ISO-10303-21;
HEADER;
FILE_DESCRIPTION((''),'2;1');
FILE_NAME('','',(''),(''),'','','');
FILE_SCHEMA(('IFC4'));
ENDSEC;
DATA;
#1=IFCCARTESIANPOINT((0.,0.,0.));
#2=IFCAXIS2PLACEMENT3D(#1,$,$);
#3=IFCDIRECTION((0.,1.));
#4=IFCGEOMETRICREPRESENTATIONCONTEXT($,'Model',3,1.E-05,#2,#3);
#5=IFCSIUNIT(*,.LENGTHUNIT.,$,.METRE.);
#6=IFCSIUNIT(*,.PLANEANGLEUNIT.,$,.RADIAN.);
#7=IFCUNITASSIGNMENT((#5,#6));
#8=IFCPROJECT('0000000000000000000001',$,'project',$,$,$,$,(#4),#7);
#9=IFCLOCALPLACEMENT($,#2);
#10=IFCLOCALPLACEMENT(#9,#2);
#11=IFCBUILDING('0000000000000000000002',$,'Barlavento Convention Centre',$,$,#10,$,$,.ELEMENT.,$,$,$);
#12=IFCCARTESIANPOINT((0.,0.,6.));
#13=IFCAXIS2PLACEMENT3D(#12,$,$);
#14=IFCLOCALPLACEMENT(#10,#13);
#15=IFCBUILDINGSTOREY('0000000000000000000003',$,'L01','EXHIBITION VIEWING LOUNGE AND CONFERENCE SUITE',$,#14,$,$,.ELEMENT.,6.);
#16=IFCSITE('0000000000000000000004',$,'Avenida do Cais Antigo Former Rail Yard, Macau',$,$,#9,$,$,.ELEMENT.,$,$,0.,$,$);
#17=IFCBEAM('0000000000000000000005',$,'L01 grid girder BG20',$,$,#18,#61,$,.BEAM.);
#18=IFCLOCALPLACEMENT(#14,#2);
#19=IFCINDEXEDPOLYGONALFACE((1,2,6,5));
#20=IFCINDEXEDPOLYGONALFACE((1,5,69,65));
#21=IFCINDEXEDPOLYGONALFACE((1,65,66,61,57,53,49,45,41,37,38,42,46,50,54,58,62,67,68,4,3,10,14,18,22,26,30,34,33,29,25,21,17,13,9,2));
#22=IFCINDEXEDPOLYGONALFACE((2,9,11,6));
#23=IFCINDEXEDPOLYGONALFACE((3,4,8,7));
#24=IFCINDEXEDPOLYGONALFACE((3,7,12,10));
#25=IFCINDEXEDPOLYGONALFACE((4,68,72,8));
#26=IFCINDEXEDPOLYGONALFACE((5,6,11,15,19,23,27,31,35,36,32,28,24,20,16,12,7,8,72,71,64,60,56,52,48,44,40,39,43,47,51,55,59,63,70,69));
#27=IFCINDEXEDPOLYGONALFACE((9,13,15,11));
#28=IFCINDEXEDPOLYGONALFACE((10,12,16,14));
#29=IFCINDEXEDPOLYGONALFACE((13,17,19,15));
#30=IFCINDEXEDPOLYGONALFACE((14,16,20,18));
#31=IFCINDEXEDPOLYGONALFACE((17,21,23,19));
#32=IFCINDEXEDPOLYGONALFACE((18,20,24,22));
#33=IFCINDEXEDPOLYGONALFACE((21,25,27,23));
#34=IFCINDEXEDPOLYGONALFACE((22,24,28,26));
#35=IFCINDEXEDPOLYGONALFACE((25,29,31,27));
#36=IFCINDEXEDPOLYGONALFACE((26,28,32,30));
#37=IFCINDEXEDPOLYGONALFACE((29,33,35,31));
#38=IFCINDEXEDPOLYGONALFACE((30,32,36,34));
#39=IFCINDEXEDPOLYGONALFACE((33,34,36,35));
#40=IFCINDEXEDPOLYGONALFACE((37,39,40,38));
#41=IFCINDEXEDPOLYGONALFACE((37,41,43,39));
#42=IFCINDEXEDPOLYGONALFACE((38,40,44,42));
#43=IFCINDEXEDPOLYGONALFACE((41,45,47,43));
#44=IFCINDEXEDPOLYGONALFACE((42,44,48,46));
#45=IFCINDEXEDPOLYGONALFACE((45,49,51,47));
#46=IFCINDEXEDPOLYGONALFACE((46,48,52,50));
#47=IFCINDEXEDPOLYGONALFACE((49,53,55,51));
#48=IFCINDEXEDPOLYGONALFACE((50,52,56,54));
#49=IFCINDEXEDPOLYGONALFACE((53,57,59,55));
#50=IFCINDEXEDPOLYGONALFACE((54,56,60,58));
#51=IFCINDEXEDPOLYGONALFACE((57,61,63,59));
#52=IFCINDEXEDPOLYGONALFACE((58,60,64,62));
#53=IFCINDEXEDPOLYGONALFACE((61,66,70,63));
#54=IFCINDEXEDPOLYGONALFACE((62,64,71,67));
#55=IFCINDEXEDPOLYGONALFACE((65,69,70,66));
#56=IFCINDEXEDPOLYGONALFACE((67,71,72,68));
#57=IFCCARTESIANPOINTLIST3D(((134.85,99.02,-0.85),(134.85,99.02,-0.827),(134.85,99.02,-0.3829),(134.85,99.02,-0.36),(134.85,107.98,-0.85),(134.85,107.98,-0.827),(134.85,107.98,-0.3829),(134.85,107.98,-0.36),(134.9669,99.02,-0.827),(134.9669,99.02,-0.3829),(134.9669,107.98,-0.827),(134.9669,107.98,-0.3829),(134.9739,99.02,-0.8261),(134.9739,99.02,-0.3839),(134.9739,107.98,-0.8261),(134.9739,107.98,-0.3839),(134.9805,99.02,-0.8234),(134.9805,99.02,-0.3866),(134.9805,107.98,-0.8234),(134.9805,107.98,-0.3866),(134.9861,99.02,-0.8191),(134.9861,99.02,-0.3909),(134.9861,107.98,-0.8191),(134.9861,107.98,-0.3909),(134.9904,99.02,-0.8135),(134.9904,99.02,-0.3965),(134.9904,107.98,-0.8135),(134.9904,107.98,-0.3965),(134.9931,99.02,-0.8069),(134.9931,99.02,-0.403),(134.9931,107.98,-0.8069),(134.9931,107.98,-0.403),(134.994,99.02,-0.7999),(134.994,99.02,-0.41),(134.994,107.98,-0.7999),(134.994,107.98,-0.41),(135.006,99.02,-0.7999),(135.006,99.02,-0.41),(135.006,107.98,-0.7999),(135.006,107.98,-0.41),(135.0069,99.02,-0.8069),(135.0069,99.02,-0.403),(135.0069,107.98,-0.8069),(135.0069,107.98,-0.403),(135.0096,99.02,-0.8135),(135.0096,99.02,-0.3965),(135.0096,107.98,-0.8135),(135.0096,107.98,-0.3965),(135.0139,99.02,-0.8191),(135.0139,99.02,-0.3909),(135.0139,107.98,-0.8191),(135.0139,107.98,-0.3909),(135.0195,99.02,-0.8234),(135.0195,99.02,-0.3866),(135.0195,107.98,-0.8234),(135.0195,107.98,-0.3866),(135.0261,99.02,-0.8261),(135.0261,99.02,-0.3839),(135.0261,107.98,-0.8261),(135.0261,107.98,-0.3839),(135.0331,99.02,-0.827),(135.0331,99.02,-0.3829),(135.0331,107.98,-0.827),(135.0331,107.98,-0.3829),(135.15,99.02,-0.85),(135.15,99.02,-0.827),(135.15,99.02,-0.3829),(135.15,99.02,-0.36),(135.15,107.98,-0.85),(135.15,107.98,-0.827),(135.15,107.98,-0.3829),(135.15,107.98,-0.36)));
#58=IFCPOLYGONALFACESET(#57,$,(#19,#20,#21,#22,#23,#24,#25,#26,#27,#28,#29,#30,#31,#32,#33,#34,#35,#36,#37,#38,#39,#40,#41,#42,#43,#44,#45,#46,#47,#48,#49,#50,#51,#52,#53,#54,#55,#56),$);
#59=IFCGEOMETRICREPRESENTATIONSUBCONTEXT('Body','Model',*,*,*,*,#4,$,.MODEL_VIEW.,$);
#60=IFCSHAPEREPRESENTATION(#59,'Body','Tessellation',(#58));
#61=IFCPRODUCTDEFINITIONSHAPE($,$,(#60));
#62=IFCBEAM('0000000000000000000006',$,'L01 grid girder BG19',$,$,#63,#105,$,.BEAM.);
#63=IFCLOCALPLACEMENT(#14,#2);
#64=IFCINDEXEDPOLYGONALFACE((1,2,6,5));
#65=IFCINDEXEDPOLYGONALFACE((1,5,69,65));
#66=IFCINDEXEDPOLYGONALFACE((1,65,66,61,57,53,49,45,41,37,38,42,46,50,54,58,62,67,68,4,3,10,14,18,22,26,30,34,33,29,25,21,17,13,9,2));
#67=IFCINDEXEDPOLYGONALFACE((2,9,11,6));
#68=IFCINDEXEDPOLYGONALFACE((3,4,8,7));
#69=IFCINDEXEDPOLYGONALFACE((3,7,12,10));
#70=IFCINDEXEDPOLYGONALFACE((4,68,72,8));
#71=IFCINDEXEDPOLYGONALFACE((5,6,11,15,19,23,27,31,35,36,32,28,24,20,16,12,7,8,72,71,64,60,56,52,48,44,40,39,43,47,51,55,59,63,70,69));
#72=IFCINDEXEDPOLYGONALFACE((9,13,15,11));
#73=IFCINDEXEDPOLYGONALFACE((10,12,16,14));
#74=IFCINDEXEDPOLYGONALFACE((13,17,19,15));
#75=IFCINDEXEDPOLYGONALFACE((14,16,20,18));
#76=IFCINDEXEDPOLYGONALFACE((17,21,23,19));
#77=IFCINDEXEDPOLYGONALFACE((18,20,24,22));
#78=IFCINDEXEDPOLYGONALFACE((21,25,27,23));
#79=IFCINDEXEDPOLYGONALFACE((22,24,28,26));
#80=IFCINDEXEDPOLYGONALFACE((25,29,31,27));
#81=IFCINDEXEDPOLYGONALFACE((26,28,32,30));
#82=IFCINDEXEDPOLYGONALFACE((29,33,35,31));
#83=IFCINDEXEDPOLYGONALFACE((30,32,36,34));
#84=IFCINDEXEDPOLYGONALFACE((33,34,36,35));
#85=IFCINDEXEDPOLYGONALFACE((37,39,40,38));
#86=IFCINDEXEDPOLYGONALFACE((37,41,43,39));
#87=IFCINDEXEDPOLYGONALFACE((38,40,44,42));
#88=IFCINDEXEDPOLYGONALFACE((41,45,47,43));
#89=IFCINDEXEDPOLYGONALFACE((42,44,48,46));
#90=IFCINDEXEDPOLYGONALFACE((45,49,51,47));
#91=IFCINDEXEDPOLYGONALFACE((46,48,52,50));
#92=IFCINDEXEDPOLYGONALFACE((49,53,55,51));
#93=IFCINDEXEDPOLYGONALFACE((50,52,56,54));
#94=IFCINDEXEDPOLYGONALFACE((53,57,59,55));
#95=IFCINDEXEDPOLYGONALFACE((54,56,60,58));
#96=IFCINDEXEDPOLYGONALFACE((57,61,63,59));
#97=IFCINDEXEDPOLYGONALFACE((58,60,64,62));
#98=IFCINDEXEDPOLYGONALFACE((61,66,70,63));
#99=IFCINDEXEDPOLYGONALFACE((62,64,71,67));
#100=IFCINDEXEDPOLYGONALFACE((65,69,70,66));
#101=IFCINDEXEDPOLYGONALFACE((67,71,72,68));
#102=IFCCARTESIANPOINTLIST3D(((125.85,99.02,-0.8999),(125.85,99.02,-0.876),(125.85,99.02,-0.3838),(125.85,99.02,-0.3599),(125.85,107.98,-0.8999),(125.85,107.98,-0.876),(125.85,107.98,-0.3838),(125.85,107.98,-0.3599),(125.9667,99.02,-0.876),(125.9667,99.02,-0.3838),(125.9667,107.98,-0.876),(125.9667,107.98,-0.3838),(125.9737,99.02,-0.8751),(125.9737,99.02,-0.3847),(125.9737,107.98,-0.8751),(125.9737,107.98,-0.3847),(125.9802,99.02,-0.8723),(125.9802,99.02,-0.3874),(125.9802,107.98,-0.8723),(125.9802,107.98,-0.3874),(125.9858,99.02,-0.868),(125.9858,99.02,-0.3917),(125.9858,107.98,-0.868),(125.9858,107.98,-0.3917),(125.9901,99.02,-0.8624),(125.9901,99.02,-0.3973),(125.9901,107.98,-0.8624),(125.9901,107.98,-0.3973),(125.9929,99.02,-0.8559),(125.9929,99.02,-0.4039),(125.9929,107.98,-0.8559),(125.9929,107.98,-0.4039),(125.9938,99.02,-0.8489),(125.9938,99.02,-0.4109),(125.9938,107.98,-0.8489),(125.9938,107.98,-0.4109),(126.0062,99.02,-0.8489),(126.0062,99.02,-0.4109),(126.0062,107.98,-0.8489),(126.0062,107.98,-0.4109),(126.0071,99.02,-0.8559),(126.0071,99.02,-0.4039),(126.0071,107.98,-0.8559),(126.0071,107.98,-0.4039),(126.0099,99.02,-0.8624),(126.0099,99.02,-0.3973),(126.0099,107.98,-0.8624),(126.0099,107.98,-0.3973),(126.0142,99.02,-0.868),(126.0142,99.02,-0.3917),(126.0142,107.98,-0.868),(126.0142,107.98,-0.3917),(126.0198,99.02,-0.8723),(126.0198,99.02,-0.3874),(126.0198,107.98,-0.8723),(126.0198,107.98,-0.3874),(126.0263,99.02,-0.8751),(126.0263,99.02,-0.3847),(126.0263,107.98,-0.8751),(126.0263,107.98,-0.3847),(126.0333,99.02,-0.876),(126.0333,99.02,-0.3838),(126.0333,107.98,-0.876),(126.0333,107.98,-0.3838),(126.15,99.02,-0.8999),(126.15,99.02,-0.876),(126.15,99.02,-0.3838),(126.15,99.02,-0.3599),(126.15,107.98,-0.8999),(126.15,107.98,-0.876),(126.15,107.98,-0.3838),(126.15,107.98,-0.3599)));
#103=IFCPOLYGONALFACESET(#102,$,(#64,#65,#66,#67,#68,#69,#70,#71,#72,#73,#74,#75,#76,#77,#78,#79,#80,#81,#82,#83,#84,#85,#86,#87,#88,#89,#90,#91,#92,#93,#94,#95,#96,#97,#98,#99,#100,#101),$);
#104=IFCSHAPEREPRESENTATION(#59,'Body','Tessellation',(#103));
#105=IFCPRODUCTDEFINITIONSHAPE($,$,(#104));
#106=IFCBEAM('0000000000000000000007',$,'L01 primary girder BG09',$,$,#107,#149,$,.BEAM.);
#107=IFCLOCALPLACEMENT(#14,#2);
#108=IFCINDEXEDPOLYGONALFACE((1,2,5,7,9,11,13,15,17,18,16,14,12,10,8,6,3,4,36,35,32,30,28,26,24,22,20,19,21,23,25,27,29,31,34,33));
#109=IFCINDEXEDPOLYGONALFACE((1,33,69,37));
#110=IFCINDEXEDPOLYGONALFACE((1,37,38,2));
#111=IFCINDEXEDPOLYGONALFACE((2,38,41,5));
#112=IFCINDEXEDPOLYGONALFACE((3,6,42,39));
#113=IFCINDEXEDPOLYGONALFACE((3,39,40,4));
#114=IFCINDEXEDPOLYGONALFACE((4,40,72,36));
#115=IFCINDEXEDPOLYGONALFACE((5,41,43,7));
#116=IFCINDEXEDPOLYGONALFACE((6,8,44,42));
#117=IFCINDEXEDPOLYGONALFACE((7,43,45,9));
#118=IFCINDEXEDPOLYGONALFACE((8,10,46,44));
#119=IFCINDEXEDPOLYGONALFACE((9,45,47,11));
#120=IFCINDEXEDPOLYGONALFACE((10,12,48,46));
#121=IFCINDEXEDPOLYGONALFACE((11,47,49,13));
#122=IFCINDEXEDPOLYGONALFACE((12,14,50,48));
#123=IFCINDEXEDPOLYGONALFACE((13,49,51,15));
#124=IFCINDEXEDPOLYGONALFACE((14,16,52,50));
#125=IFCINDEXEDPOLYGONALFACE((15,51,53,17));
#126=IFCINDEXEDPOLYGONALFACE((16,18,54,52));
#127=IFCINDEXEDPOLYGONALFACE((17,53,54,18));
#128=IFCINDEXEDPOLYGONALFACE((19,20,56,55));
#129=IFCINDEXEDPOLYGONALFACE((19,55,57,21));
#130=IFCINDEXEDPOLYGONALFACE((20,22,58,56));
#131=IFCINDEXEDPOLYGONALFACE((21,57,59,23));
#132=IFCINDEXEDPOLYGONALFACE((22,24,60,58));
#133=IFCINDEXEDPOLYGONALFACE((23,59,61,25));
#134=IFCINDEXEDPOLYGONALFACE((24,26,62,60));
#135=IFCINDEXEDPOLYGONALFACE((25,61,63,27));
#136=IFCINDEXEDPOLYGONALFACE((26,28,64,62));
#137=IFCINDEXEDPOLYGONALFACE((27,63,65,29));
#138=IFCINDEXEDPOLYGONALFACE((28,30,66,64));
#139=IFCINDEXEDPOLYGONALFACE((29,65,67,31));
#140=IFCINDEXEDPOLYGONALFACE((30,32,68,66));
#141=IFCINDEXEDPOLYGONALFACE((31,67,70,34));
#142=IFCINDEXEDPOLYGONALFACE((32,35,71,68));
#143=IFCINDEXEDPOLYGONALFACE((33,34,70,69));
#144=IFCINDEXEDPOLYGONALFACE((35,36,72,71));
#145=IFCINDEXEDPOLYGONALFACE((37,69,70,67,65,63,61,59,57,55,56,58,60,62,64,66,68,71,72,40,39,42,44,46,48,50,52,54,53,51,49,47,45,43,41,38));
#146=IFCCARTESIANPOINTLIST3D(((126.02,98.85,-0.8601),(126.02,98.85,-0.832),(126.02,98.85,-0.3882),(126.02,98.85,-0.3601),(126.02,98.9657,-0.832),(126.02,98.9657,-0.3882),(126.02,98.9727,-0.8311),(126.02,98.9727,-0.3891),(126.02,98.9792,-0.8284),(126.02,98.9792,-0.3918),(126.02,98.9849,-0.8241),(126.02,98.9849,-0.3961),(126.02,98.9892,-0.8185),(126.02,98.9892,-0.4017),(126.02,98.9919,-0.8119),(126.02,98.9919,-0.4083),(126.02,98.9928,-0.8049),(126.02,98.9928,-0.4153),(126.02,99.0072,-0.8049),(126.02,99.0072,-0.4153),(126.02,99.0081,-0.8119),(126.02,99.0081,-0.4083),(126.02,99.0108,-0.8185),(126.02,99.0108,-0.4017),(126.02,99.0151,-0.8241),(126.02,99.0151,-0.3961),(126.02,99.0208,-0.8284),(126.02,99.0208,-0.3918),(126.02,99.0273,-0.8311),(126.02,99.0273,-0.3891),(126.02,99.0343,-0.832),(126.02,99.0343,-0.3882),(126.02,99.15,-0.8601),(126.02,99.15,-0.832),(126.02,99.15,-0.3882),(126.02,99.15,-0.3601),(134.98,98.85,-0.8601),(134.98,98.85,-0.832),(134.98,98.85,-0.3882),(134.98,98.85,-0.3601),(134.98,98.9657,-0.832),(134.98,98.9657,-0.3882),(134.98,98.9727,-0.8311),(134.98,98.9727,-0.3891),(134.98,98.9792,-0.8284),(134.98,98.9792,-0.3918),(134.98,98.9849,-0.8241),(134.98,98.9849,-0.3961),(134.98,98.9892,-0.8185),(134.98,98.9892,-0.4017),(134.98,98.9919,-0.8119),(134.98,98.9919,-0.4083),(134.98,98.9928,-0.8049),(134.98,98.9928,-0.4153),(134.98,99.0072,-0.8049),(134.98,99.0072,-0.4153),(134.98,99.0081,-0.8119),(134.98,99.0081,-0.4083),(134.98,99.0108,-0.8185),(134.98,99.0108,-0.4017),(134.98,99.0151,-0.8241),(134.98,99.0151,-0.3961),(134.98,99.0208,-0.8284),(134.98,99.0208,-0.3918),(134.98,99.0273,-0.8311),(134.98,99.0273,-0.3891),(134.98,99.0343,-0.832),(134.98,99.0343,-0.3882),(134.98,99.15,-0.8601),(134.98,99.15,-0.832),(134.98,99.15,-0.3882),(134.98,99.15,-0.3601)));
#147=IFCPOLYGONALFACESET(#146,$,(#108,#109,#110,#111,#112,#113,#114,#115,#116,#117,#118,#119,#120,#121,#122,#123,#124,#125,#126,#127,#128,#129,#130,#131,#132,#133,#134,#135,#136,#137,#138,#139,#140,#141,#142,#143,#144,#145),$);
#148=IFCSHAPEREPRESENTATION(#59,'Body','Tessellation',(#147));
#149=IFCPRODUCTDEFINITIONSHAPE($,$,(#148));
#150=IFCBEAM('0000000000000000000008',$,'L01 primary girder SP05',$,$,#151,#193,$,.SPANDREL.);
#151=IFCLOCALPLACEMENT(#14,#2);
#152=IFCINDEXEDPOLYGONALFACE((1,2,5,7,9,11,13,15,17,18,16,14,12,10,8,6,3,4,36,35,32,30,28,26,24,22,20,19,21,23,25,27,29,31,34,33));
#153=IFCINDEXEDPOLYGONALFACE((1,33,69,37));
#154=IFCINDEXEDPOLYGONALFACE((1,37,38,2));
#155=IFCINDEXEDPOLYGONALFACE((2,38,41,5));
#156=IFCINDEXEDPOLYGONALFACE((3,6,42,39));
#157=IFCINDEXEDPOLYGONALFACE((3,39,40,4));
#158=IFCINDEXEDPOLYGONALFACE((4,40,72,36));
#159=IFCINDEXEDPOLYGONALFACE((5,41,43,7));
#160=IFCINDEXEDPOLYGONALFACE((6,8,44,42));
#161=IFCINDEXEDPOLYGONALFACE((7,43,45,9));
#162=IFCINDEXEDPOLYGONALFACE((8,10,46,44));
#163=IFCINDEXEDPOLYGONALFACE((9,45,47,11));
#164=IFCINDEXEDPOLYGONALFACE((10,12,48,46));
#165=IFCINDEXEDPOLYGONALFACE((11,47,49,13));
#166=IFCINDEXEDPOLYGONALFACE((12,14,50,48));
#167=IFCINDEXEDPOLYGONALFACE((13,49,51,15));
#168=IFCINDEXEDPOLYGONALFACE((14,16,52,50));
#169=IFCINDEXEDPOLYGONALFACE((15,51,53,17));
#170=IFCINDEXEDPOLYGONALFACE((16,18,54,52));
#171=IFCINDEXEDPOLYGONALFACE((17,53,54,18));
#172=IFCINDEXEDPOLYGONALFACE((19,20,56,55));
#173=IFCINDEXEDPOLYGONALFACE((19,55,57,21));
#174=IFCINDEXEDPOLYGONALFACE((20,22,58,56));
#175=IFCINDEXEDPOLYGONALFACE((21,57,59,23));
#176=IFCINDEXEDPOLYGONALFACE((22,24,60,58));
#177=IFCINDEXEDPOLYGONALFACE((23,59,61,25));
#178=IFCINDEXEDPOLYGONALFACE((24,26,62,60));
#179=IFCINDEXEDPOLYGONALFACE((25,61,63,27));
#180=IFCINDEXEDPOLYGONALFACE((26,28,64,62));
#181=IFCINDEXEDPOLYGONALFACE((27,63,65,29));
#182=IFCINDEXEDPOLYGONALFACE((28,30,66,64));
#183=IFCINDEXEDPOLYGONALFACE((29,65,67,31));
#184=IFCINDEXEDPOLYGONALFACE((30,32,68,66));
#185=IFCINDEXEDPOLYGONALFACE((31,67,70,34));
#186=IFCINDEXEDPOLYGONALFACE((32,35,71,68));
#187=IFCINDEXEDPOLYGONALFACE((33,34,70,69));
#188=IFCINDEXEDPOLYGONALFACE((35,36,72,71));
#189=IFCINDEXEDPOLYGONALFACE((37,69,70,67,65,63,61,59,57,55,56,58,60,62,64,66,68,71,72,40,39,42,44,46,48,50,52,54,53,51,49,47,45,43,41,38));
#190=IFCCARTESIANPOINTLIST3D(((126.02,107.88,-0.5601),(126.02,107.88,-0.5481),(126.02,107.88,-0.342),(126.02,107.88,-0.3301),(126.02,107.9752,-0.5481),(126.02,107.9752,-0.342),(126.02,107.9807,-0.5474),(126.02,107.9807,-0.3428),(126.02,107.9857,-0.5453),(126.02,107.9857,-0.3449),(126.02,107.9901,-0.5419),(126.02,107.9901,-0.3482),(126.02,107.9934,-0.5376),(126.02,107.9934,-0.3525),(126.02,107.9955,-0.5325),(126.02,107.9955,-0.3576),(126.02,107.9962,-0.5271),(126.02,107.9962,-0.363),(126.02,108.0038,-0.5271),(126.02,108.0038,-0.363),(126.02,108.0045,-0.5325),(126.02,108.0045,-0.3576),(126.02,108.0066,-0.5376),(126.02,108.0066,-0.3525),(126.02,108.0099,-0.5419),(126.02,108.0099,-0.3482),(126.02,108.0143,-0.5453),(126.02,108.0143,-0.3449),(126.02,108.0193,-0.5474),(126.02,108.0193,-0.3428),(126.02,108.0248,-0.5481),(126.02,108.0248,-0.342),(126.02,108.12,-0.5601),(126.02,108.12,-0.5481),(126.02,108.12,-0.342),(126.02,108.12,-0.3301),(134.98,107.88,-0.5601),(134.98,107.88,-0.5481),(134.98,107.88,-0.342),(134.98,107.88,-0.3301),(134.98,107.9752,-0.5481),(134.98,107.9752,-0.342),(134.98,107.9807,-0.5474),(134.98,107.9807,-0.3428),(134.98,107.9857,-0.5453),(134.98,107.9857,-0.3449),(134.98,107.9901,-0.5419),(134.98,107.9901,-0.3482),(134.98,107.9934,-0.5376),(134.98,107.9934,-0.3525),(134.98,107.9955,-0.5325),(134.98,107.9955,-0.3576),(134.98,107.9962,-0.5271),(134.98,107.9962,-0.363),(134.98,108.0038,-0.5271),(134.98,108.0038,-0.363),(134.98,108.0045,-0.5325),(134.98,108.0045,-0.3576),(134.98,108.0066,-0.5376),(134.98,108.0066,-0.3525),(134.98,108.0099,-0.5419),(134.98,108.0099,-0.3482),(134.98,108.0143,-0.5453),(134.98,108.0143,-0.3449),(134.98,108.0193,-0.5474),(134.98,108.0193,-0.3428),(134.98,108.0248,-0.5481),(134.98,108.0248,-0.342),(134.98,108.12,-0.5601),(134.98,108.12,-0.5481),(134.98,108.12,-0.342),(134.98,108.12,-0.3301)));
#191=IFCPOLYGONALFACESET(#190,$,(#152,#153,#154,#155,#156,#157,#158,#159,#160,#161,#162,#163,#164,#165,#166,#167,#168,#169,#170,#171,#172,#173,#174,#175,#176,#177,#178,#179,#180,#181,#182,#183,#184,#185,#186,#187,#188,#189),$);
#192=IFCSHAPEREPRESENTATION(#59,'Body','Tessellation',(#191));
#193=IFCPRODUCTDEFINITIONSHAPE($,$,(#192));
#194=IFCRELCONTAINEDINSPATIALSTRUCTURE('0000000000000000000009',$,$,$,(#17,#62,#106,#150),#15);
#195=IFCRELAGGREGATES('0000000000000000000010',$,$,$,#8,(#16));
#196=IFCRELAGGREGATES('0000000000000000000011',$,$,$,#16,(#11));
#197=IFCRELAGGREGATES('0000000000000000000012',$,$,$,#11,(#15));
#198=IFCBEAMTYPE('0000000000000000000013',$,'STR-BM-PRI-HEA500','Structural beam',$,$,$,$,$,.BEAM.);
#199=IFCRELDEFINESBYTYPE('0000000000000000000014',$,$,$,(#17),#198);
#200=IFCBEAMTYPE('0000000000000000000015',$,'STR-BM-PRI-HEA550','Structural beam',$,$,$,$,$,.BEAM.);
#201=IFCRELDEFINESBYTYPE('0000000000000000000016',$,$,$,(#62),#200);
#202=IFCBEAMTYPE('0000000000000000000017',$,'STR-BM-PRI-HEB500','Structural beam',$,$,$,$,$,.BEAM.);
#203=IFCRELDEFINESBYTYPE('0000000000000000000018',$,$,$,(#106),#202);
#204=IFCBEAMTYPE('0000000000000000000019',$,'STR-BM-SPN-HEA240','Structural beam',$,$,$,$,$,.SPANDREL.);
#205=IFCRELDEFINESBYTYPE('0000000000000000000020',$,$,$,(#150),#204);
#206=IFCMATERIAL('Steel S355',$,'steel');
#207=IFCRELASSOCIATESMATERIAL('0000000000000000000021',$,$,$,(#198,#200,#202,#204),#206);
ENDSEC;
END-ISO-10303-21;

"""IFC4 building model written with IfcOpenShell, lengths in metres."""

from ifc_helpers import new_model, si_unit, direction, frame, origin, origin_2d, place, context, subcontext, project, spatial, i_section, extrude, material, material_profile, profile_set, type_object, element, save


model = new_model("IFC4")

# Units and contexts
model_context = context("Model", 3, precision=1e-05, world=origin(), true_north=direction((0.0, 1.0)))
body_context = subcontext(model_context, "Body", "Model", "MODEL_VIEW")
ifc_project = project(units=[si_unit("LENGTHUNIT", "METRE"), si_unit("PLANEANGLEUNIT", "RADIAN")], contexts=[model_context])

# Site, building, storey
site_placement = place(None, origin())
site = spatial("IfcSite", under=ifc_project, at=site_placement, Name="Avenida do Cais Antigo Former Rail Yard, Macau", CompositionType="ELEMENT", RefElevation=0.0)
building_placement = place(site_placement, origin())
building = spatial("IfcBuilding", under=site, at=building_placement, Name="Barlavento Convention Centre", CompositionType="ELEMENT")
storey_placement = place(building_placement, frame((0.0, 0.0, 6.0)))
storey = spatial("IfcBuildingStorey", under=building, at=storey_placement, Name="L01", Description="EXHIBITION VIEWING LOUNGE AND CONFERENCE SUITE", CompositionType="ELEMENT", Elevation=6.0)

# Shared definitions
ifc_material_1 = material(Name="Steel S355", Category="steel")

# Beams
ifc_material_profile_1 = material_profile(ifc_material_1, i_section(OverallWidth=0.3, OverallDepth=0.49, WebThickness=0.012, FlangeThickness=0.0229, FilletRadius=0.0271, at=origin_2d()), Name="HEA 500")
ifc_profile_set_1 = profile_set([ifc_material_profile_1], Name="Steel S355")
beam_type_1 = type_object("IfcBeamType", Name="STR-BM-PRI-HEA500", Description="Structural beam", PredefinedType="BEAM", material=ifc_profile_set_1)
beam_1_placement = place(storey_placement, frame((135.0, 99.02, -0.605), z_axis=(0.0, 1.0, 0.0), x_axis=(-1.0, 0.0, 0.0)))
element("IfcBeam", 1, at=beam_1_placement, inside=storey, type_object=beam_type_1, Name="L01 grid girder BG20", PredefinedType="BEAM", context=body_context, shape_type="SweptSolid", body=[
    extrude(i_section(OverallWidth=0.3, OverallDepth=0.49, WebThickness=0.012, FlangeThickness=0.0229, FilletRadius=0.0271, at=origin_2d()), origin(), (0.0, 0.0, 1.0), 8.96),
])
ifc_material_profile_2 = material_profile(ifc_material_1, i_section(OverallWidth=0.3, OverallDepth=0.54, WebThickness=0.0125, FlangeThickness=0.0239, FilletRadius=0.0271, at=origin_2d()), Name="HEA 550")
ifc_profile_set_2 = profile_set([ifc_material_profile_2], Name="Steel S355")
beam_type_2 = type_object("IfcBeamType", Name="STR-BM-PRI-HEA550", Description="Structural beam", PredefinedType="BEAM", material=ifc_profile_set_2)
beam_2_placement = place(storey_placement, frame((126.0, 99.02, -0.6299), z_axis=(0.0, 1.0, 0.0), x_axis=(-1.0, 0.0, 0.0)))
element("IfcBeam", 2, at=beam_2_placement, inside=storey, type_object=beam_type_2, Name="L01 grid girder BG19", PredefinedType="BEAM", context=body_context, shape_type="SweptSolid", body=[
    extrude(i_section(OverallWidth=0.3, OverallDepth=0.54, WebThickness=0.0125, FlangeThickness=0.0239, FilletRadius=0.0271, at=origin_2d()), origin(), (0.0, 0.0, 1.0), 8.96),
])
ifc_material_profile_3 = material_profile(ifc_material_1, i_section(OverallWidth=0.3, OverallDepth=0.5, WebThickness=0.0144, FlangeThickness=0.0281, FilletRadius=0.0271, at=origin_2d()), Name="HEB 500")
ifc_profile_set_3 = profile_set([ifc_material_profile_3], Name="Steel S355")
beam_type_3 = type_object("IfcBeamType", Name="STR-BM-PRI-HEB500", Description="Structural beam", PredefinedType="BEAM", material=ifc_profile_set_3)
beam_3_placement = place(storey_placement, frame((126.02, 99.0, -0.6101), z_axis=(1.0, 0.0, 0.0), x_axis=(0.0, 1.0, 0.0)))
element("IfcBeam", 3, at=beam_3_placement, inside=storey, type_object=beam_type_3, Name="L01 primary girder BG09", PredefinedType="BEAM", context=body_context, shape_type="SweptSolid", body=[
    extrude(i_section(OverallWidth=0.3, OverallDepth=0.5, WebThickness=0.0144, FlangeThickness=0.0281, FilletRadius=0.0271, at=origin_2d()), origin(), (0.0, 0.0, 1.0), 8.96),
])
ifc_material_profile_4 = material_profile(ifc_material_1, i_section(OverallWidth=0.24, OverallDepth=0.23, WebThickness=0.0076, FlangeThickness=0.012, FilletRadius=0.021, at=origin_2d()), Name="HEA 240")
ifc_profile_set_4 = profile_set([ifc_material_profile_4], Name="Steel S355")
beam_type_4 = type_object("IfcBeamType", Name="STR-BM-SPN-HEA240", Description="Structural beam", PredefinedType="SPANDREL", material=ifc_profile_set_4)
beam_4_placement = place(storey_placement, frame((126.02, 108.0, -0.4451), z_axis=(1.0, 0.0, 0.0), x_axis=(0.0, 1.0, 0.0)))
element("IfcBeam", 4, at=beam_4_placement, inside=storey, type_object=beam_type_4, Name="L01 primary girder SP05", PredefinedType="SPANDREL", context=body_context, shape_type="SweptSolid", body=[
    extrude(i_section(OverallWidth=0.24, OverallDepth=0.23, WebThickness=0.0076, FlangeThickness=0.012, FilletRadius=0.021, at=origin_2d()), origin(), (0.0, 0.0, 1.0), 8.96),
])

save(model, "model.ifc")
